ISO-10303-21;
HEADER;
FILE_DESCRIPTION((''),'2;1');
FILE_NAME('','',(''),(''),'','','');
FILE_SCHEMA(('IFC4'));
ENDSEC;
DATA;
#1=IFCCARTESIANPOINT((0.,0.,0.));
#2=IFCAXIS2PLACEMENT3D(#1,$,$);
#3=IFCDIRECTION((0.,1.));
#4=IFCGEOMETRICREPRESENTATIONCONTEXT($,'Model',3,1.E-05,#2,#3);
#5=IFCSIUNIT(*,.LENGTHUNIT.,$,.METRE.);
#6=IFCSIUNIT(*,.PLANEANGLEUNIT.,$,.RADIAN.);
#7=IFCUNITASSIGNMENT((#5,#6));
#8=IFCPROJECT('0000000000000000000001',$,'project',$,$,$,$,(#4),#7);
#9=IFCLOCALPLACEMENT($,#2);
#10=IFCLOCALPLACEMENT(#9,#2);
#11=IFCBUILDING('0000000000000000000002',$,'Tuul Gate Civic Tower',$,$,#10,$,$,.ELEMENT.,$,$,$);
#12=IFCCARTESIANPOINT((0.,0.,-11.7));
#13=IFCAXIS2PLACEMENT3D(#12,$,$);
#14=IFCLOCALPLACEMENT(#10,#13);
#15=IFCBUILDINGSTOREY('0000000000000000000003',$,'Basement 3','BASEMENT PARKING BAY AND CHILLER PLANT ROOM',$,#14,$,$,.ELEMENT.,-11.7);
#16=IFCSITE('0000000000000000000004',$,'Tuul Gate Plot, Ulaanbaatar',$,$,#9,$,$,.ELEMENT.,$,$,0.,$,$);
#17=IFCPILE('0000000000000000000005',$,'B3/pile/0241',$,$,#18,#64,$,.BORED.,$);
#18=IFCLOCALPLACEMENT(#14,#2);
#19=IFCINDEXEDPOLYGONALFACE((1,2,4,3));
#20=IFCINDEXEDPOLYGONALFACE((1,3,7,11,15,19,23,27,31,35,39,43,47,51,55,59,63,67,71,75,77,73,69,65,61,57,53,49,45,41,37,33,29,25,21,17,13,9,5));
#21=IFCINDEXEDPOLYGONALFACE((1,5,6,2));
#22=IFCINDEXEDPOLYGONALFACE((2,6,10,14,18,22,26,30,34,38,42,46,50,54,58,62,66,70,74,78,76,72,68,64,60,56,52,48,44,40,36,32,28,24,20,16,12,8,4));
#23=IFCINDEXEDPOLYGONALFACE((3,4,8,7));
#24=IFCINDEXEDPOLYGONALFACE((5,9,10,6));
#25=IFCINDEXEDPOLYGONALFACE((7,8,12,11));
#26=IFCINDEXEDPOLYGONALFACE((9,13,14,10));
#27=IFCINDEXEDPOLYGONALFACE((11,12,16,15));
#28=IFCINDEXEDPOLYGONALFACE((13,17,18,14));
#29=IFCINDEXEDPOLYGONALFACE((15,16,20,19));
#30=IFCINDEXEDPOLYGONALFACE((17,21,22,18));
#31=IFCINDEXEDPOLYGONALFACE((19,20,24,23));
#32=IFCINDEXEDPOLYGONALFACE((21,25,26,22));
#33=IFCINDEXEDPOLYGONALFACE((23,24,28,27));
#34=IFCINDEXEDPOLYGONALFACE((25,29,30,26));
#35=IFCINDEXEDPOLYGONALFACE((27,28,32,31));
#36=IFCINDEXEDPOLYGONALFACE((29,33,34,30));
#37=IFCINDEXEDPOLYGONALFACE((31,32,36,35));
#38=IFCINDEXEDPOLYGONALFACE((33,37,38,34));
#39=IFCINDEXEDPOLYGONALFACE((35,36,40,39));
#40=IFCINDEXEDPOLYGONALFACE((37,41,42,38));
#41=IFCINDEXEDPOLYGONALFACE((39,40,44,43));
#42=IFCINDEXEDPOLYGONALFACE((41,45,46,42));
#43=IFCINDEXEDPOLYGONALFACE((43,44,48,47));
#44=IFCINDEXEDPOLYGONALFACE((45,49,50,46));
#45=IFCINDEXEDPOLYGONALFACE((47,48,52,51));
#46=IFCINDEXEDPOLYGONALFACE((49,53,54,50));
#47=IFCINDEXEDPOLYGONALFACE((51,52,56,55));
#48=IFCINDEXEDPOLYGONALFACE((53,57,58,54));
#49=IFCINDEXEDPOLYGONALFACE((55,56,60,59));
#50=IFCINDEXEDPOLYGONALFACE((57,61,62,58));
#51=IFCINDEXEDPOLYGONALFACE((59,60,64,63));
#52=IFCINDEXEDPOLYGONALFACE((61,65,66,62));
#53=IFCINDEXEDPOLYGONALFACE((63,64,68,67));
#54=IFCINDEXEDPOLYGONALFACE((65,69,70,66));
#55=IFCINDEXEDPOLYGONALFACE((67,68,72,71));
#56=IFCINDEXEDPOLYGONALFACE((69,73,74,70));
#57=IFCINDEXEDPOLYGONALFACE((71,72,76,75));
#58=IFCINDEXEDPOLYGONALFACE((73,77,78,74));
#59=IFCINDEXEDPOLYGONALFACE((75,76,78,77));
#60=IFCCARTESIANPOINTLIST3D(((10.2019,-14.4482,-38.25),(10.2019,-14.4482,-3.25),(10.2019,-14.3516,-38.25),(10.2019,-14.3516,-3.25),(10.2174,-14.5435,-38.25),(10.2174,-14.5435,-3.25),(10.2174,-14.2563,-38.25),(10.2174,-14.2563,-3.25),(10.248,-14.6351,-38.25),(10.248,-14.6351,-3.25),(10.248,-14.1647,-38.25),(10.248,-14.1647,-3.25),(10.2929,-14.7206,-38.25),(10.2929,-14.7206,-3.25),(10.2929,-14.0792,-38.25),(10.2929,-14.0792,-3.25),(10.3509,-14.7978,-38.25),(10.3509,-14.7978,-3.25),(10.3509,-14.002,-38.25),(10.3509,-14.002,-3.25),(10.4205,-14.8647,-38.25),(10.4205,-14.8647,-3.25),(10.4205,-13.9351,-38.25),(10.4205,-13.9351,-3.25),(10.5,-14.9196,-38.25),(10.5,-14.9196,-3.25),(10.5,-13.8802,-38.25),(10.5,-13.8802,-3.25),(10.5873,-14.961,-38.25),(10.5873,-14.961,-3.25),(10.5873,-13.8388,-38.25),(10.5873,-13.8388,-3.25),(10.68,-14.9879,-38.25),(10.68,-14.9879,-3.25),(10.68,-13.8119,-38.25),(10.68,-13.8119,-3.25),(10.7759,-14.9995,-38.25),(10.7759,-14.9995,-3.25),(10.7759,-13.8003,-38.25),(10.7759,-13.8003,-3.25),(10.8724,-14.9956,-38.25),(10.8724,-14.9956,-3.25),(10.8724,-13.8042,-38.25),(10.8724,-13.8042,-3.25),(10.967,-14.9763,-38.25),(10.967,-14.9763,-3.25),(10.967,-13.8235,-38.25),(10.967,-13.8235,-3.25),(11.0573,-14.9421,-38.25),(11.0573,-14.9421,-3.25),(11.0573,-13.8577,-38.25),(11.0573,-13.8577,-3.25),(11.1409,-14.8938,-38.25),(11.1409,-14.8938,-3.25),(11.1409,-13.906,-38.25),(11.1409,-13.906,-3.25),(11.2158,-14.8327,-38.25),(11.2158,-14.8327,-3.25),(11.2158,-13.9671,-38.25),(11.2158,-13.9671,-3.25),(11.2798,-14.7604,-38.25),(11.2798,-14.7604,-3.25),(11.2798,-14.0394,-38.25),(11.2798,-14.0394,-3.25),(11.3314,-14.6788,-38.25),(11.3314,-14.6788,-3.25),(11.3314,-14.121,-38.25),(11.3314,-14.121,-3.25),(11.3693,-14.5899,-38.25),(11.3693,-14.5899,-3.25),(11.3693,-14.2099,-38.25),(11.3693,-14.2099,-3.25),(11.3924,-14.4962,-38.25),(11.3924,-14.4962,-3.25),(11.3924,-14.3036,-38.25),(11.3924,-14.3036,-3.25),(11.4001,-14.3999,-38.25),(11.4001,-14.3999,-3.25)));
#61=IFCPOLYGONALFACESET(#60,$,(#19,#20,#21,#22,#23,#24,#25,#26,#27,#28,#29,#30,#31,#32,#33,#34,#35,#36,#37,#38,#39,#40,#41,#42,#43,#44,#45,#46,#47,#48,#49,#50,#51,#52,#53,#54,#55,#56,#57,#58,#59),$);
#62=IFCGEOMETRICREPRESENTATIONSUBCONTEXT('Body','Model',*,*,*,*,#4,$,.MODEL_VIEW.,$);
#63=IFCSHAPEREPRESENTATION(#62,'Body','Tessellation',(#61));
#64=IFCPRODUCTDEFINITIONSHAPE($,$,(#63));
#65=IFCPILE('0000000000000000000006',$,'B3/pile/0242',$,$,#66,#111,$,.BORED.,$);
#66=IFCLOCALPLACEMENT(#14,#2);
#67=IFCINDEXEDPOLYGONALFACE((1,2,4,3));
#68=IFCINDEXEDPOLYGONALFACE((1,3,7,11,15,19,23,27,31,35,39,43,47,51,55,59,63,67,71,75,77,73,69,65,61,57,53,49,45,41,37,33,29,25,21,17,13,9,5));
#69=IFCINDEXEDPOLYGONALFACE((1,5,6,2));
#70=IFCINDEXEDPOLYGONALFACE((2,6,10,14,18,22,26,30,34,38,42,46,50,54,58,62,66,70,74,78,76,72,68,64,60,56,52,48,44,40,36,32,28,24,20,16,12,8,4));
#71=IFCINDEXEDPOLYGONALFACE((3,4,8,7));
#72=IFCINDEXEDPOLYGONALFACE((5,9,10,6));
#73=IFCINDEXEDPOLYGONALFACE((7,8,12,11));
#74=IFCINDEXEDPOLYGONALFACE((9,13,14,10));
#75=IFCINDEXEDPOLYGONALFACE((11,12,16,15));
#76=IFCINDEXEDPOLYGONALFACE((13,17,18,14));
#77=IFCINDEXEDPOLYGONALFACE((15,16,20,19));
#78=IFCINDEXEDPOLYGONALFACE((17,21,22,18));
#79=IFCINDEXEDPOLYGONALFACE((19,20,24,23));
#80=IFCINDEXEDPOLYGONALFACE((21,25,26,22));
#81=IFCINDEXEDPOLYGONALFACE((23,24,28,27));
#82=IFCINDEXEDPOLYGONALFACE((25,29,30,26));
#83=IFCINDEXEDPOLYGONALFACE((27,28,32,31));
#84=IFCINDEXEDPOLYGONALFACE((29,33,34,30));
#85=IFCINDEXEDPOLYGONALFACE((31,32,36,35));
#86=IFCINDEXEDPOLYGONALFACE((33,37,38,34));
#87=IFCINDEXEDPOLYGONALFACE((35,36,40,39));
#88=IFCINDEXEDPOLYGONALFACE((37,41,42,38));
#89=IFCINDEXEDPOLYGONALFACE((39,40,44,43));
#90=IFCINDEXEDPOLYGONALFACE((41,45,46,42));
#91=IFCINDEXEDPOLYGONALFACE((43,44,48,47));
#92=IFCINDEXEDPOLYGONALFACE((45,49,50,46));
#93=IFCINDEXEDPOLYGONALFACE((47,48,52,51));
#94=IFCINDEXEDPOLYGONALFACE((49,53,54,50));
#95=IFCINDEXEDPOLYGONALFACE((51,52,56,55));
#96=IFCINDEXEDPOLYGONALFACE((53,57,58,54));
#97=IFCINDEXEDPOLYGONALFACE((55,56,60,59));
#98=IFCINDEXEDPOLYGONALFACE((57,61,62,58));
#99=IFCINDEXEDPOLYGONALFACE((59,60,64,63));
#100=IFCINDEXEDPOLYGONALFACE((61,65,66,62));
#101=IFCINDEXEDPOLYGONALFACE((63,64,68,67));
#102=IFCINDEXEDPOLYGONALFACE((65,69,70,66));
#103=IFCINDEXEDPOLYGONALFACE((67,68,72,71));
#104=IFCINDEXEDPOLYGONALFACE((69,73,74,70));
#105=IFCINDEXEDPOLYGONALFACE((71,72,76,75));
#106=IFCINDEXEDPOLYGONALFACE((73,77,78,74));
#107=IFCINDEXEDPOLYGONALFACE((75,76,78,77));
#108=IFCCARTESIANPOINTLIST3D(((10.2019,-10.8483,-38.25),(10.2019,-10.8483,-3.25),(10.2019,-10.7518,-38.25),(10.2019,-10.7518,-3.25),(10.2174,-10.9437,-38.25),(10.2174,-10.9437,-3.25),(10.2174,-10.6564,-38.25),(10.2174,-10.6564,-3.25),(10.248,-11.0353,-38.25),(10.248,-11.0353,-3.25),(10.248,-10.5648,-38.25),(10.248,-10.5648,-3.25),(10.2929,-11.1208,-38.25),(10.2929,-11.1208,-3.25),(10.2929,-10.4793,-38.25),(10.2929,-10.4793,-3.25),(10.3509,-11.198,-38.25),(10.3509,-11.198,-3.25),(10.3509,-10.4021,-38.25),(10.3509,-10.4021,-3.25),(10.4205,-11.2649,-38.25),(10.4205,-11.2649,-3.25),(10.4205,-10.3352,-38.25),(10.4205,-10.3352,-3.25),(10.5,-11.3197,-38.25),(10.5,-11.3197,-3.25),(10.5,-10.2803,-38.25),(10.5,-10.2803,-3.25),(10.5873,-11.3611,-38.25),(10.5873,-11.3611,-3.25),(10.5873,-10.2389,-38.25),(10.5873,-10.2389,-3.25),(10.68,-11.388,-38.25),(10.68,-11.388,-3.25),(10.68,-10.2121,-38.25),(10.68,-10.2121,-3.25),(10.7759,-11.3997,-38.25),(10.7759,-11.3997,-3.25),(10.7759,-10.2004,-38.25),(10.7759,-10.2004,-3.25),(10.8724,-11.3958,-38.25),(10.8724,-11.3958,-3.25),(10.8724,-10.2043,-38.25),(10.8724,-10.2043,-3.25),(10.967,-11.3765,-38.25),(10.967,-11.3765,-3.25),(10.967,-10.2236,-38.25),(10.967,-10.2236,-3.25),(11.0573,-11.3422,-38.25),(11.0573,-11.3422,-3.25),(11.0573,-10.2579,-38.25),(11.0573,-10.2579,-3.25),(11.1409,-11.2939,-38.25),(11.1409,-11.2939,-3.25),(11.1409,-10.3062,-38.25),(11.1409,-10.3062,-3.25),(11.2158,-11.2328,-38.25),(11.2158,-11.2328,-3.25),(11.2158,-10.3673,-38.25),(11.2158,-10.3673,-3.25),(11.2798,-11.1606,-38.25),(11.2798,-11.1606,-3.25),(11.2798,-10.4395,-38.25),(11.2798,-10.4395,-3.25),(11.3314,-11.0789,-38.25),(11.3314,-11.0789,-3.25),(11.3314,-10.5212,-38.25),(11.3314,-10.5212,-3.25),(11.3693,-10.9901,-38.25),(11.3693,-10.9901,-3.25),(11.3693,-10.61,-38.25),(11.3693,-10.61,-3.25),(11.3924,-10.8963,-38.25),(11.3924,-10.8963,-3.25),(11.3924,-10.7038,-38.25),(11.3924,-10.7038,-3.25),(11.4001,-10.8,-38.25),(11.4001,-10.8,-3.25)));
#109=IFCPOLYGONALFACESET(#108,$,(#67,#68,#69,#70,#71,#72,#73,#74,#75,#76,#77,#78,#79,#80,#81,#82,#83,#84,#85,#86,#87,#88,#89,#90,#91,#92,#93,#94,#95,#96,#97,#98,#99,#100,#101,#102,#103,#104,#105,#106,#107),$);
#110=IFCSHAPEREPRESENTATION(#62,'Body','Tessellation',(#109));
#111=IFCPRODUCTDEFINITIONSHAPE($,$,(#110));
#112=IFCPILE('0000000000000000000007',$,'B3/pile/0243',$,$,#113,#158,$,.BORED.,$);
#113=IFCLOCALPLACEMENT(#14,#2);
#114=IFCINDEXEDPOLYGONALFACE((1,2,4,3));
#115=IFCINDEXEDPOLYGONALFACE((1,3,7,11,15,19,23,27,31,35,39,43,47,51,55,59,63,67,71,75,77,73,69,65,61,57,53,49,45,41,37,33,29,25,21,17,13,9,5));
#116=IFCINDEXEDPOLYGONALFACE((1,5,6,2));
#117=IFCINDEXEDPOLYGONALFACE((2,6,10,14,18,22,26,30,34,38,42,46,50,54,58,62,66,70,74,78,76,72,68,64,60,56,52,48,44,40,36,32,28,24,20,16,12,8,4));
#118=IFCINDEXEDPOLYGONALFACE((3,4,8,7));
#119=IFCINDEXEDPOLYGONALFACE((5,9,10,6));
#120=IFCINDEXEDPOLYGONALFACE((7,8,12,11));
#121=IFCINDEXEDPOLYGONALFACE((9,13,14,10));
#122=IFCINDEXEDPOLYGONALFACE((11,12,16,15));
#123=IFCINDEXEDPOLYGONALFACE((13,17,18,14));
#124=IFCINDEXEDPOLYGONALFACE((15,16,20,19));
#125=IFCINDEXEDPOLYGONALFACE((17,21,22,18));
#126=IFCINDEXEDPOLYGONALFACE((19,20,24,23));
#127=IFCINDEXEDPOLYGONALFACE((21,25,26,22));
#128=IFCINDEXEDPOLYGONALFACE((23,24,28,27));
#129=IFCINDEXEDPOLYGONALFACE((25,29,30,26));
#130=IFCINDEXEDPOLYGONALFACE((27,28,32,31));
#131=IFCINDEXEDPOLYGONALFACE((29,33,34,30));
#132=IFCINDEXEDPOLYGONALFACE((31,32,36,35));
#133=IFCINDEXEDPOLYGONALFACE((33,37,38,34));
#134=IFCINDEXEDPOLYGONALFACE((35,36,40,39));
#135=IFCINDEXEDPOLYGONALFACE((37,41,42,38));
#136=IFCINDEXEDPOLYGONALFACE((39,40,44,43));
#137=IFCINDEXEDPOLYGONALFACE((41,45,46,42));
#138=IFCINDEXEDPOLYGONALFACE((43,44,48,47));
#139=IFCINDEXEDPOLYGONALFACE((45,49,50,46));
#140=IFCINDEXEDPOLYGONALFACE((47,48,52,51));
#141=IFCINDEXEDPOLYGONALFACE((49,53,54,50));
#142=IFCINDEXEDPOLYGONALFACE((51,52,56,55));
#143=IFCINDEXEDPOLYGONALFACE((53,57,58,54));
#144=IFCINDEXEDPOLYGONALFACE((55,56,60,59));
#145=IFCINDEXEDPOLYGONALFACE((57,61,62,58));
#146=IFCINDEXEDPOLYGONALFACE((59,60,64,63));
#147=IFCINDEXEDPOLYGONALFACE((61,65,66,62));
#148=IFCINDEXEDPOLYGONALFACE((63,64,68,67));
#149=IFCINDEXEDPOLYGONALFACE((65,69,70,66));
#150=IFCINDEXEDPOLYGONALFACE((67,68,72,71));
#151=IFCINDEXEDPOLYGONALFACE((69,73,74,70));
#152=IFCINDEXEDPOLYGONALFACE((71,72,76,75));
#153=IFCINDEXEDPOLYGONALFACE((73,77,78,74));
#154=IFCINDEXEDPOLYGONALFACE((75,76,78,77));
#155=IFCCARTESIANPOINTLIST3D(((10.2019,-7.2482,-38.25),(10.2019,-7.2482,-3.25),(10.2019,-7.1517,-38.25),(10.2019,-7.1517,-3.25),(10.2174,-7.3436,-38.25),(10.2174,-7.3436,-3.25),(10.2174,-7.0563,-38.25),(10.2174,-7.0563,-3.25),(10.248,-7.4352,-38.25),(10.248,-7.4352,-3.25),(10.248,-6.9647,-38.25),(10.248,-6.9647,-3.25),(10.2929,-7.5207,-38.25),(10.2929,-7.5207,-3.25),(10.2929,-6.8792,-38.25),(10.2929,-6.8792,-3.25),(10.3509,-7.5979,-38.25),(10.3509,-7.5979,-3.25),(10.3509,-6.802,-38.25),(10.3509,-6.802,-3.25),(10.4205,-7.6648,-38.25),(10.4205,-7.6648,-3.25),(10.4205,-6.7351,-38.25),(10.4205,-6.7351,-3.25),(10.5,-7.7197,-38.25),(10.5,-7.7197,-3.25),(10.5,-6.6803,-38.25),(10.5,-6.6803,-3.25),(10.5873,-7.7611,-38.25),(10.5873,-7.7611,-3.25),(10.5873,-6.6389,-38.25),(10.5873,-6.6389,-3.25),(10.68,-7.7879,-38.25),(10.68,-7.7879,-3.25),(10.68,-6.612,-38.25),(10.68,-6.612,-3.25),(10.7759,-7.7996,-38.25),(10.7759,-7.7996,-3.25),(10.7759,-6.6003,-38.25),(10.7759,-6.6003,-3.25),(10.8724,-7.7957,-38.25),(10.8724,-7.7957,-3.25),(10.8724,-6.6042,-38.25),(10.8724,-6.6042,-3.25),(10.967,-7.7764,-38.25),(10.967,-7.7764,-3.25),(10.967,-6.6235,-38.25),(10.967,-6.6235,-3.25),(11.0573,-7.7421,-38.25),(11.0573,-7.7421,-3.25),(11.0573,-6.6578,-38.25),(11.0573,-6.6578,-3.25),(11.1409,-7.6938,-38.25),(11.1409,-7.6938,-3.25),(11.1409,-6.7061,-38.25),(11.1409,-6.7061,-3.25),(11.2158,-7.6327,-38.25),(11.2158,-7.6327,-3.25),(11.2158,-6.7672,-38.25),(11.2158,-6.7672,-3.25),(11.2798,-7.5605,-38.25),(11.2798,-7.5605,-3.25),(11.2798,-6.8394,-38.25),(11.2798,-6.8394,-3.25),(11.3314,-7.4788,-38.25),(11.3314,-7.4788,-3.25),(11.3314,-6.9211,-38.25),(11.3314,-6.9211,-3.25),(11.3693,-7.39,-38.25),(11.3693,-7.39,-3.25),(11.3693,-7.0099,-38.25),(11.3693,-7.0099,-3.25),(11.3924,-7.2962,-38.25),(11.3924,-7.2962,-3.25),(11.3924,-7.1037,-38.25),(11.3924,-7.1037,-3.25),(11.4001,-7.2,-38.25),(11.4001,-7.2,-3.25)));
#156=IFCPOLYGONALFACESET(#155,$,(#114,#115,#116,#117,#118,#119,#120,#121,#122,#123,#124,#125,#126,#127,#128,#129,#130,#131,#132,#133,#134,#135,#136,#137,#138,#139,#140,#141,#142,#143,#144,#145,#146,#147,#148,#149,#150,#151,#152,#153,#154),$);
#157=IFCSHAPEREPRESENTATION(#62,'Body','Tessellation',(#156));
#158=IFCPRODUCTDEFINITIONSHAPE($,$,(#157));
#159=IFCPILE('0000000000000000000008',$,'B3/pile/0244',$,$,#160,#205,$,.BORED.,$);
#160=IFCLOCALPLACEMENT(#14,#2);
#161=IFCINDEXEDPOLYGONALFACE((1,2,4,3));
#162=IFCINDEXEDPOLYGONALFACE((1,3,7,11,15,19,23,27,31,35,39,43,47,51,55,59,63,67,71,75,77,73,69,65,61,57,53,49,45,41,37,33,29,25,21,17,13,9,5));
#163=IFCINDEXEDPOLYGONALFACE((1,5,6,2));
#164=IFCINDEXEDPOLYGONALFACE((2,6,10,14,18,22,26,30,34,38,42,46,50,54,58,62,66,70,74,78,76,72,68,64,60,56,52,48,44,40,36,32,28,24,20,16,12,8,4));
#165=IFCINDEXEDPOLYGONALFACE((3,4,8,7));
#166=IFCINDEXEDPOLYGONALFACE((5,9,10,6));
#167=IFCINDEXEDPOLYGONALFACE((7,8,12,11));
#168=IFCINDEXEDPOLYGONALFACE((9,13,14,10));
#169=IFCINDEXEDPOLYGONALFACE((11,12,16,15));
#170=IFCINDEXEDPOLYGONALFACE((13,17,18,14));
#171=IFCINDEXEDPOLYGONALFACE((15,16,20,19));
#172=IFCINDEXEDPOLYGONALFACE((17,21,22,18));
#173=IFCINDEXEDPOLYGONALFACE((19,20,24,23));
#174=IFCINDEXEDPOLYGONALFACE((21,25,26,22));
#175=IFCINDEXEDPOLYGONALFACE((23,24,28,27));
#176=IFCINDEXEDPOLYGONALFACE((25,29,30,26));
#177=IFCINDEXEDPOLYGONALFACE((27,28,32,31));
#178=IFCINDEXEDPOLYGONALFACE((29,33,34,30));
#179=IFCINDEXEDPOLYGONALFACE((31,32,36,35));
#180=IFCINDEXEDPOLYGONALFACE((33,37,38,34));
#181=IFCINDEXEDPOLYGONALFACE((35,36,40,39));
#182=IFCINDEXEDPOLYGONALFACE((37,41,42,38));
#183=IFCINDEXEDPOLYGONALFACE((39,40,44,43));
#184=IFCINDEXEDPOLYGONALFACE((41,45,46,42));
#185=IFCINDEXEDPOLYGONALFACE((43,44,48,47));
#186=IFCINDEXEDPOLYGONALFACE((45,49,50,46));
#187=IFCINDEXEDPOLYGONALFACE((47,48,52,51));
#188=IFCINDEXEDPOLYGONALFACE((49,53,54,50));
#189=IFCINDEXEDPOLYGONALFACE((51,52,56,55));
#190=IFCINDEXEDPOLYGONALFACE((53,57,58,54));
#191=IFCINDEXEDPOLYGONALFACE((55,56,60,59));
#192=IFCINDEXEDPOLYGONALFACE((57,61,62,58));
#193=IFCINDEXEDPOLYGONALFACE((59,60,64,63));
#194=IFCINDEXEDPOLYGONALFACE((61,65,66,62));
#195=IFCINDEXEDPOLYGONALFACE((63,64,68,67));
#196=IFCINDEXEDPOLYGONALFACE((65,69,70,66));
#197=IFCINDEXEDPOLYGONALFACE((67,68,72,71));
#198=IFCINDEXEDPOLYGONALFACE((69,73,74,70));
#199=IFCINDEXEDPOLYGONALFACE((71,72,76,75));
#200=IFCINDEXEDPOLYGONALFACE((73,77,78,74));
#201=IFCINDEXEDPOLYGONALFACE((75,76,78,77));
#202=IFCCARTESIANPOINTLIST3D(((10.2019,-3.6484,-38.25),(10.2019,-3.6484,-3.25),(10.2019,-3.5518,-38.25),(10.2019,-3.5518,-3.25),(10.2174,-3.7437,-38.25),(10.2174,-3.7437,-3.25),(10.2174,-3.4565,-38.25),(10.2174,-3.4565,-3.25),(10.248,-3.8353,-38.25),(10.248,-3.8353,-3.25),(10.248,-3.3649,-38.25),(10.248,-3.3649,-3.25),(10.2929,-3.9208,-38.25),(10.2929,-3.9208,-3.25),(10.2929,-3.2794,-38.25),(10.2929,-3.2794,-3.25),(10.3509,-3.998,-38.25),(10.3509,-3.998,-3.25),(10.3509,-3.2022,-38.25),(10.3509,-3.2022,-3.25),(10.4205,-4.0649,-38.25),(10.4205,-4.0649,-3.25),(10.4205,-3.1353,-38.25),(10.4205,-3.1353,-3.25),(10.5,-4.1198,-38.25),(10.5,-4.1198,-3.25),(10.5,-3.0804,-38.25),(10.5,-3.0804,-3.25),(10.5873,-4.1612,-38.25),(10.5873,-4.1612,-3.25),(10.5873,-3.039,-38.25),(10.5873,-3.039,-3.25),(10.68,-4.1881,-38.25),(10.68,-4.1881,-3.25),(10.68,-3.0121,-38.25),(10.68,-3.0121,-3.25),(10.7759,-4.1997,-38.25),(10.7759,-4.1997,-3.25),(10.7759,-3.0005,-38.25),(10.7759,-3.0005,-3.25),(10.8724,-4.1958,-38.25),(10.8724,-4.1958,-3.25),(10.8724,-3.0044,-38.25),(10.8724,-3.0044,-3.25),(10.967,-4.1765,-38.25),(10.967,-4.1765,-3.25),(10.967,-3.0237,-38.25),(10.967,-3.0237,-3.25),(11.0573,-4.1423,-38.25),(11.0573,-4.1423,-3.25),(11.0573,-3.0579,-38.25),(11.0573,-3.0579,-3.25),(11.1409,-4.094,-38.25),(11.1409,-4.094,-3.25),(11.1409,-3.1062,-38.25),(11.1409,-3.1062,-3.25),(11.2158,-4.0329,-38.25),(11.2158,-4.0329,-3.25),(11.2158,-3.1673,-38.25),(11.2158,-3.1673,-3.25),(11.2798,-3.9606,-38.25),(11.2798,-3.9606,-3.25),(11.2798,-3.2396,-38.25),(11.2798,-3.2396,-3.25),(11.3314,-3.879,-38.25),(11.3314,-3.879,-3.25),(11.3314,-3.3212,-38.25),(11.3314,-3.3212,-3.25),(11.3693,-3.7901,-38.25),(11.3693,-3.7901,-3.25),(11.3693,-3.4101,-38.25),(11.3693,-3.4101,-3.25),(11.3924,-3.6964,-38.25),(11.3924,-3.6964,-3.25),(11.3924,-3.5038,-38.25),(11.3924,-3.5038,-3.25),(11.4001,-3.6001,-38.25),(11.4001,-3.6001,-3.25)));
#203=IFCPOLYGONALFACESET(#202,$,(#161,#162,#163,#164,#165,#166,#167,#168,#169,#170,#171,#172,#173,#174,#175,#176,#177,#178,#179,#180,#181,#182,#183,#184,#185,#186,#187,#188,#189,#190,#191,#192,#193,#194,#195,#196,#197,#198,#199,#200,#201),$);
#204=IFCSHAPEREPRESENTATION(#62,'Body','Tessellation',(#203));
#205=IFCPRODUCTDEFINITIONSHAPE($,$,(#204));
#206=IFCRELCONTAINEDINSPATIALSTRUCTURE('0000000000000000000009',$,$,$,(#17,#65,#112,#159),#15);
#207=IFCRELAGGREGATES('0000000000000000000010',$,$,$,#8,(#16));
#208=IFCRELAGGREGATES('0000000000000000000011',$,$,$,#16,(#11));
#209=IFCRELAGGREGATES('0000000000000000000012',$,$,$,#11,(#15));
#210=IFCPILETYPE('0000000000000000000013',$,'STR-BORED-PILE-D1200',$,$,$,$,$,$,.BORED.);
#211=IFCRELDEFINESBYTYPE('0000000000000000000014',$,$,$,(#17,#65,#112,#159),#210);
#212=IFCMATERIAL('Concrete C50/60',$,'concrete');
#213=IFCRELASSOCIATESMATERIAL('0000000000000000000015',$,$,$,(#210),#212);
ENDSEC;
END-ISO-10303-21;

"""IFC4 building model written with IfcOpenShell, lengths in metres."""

from ifc_helpers import new_model, si_unit, direction, frame, origin, origin_2d, place, context, subcontext, project, spatial, circle, extrude, material, material_profile, profile_set, type_object, element, save


model = new_model("IFC4")

# Units and contexts
model_context = context("Model", 3, precision=1e-05, world=origin(), true_north=direction((0.0, 1.0)))
body_context = subcontext(model_context, "Body", "Model", "MODEL_VIEW")
ifc_project = project(units=[si_unit("LENGTHUNIT", "METRE"), si_unit("PLANEANGLEUNIT", "RADIAN")], contexts=[model_context])

# Site, building, storey
site_placement = place(None, origin())
site = spatial("IfcSite", under=ifc_project, at=site_placement, Name="Tuul Gate Plot, Ulaanbaatar", CompositionType="ELEMENT", RefElevation=0.0)
building_placement = place(site_placement, origin())
building = spatial("IfcBuilding", under=site, at=building_placement, Name="Tuul Gate Civic Tower", CompositionType="ELEMENT")
storey_placement = place(building_placement, frame((0.0, 0.0, -11.7)))
storey = spatial("IfcBuildingStorey", under=building, at=storey_placement, Name="Basement 3", Description="BASEMENT PARKING BAY AND CHILLER PLANT ROOM", CompositionType="ELEMENT", Elevation=-11.7)

# Piles
ifc_material_1 = material(Name="Concrete C50/60", Category="concrete")
ifc_material_profile_1 = material_profile(ifc_material_1, circle(Radius=0.6001, at=origin_2d()), Name="PILE1200")
ifc_profile_set_1 = profile_set([ifc_material_profile_1], Name="Concrete C50/60")
pile_type = type_object("IfcPileType", Name="STR-BORED-PILE-D1200", PredefinedType="BORED", material=ifc_profile_set_1)
for number, where, z_axis, x_axis, name in (
    (1, (10.8, -14.3999, -3.25), (0.0, 0.0, -1.0), (1.0, 0.0, 0.0), "B3/pile/0241"),
    (2, (10.8, -10.8, -3.25), (0.0, 0.0, -1.0), (1.0, 0.0, 0.0), "B3/pile/0242"),
    (3, (10.8, -7.2, -3.25), (0.0, 0.0, -1.0), (1.0, 0.0, 0.0), "B3/pile/0243"),
    (4, (10.8, -3.6001, -3.25), (0.0, 0.0, -1.0), (1.0, 0.0, 0.0), "B3/pile/0244"),
):
    element("IfcPile", number, at=place(storey_placement, frame(where, z_axis=z_axis, x_axis=x_axis)), inside=storey, type_object=pile_type, Name=name, PredefinedType="BORED", context=body_context, shape_type="SweptSolid", body=[
        extrude(circle(Radius=0.6001, at=origin_2d()), origin(), (0.0, 0.0, 1.0), 35.0),
    ])

save(model, "model.ifc")
